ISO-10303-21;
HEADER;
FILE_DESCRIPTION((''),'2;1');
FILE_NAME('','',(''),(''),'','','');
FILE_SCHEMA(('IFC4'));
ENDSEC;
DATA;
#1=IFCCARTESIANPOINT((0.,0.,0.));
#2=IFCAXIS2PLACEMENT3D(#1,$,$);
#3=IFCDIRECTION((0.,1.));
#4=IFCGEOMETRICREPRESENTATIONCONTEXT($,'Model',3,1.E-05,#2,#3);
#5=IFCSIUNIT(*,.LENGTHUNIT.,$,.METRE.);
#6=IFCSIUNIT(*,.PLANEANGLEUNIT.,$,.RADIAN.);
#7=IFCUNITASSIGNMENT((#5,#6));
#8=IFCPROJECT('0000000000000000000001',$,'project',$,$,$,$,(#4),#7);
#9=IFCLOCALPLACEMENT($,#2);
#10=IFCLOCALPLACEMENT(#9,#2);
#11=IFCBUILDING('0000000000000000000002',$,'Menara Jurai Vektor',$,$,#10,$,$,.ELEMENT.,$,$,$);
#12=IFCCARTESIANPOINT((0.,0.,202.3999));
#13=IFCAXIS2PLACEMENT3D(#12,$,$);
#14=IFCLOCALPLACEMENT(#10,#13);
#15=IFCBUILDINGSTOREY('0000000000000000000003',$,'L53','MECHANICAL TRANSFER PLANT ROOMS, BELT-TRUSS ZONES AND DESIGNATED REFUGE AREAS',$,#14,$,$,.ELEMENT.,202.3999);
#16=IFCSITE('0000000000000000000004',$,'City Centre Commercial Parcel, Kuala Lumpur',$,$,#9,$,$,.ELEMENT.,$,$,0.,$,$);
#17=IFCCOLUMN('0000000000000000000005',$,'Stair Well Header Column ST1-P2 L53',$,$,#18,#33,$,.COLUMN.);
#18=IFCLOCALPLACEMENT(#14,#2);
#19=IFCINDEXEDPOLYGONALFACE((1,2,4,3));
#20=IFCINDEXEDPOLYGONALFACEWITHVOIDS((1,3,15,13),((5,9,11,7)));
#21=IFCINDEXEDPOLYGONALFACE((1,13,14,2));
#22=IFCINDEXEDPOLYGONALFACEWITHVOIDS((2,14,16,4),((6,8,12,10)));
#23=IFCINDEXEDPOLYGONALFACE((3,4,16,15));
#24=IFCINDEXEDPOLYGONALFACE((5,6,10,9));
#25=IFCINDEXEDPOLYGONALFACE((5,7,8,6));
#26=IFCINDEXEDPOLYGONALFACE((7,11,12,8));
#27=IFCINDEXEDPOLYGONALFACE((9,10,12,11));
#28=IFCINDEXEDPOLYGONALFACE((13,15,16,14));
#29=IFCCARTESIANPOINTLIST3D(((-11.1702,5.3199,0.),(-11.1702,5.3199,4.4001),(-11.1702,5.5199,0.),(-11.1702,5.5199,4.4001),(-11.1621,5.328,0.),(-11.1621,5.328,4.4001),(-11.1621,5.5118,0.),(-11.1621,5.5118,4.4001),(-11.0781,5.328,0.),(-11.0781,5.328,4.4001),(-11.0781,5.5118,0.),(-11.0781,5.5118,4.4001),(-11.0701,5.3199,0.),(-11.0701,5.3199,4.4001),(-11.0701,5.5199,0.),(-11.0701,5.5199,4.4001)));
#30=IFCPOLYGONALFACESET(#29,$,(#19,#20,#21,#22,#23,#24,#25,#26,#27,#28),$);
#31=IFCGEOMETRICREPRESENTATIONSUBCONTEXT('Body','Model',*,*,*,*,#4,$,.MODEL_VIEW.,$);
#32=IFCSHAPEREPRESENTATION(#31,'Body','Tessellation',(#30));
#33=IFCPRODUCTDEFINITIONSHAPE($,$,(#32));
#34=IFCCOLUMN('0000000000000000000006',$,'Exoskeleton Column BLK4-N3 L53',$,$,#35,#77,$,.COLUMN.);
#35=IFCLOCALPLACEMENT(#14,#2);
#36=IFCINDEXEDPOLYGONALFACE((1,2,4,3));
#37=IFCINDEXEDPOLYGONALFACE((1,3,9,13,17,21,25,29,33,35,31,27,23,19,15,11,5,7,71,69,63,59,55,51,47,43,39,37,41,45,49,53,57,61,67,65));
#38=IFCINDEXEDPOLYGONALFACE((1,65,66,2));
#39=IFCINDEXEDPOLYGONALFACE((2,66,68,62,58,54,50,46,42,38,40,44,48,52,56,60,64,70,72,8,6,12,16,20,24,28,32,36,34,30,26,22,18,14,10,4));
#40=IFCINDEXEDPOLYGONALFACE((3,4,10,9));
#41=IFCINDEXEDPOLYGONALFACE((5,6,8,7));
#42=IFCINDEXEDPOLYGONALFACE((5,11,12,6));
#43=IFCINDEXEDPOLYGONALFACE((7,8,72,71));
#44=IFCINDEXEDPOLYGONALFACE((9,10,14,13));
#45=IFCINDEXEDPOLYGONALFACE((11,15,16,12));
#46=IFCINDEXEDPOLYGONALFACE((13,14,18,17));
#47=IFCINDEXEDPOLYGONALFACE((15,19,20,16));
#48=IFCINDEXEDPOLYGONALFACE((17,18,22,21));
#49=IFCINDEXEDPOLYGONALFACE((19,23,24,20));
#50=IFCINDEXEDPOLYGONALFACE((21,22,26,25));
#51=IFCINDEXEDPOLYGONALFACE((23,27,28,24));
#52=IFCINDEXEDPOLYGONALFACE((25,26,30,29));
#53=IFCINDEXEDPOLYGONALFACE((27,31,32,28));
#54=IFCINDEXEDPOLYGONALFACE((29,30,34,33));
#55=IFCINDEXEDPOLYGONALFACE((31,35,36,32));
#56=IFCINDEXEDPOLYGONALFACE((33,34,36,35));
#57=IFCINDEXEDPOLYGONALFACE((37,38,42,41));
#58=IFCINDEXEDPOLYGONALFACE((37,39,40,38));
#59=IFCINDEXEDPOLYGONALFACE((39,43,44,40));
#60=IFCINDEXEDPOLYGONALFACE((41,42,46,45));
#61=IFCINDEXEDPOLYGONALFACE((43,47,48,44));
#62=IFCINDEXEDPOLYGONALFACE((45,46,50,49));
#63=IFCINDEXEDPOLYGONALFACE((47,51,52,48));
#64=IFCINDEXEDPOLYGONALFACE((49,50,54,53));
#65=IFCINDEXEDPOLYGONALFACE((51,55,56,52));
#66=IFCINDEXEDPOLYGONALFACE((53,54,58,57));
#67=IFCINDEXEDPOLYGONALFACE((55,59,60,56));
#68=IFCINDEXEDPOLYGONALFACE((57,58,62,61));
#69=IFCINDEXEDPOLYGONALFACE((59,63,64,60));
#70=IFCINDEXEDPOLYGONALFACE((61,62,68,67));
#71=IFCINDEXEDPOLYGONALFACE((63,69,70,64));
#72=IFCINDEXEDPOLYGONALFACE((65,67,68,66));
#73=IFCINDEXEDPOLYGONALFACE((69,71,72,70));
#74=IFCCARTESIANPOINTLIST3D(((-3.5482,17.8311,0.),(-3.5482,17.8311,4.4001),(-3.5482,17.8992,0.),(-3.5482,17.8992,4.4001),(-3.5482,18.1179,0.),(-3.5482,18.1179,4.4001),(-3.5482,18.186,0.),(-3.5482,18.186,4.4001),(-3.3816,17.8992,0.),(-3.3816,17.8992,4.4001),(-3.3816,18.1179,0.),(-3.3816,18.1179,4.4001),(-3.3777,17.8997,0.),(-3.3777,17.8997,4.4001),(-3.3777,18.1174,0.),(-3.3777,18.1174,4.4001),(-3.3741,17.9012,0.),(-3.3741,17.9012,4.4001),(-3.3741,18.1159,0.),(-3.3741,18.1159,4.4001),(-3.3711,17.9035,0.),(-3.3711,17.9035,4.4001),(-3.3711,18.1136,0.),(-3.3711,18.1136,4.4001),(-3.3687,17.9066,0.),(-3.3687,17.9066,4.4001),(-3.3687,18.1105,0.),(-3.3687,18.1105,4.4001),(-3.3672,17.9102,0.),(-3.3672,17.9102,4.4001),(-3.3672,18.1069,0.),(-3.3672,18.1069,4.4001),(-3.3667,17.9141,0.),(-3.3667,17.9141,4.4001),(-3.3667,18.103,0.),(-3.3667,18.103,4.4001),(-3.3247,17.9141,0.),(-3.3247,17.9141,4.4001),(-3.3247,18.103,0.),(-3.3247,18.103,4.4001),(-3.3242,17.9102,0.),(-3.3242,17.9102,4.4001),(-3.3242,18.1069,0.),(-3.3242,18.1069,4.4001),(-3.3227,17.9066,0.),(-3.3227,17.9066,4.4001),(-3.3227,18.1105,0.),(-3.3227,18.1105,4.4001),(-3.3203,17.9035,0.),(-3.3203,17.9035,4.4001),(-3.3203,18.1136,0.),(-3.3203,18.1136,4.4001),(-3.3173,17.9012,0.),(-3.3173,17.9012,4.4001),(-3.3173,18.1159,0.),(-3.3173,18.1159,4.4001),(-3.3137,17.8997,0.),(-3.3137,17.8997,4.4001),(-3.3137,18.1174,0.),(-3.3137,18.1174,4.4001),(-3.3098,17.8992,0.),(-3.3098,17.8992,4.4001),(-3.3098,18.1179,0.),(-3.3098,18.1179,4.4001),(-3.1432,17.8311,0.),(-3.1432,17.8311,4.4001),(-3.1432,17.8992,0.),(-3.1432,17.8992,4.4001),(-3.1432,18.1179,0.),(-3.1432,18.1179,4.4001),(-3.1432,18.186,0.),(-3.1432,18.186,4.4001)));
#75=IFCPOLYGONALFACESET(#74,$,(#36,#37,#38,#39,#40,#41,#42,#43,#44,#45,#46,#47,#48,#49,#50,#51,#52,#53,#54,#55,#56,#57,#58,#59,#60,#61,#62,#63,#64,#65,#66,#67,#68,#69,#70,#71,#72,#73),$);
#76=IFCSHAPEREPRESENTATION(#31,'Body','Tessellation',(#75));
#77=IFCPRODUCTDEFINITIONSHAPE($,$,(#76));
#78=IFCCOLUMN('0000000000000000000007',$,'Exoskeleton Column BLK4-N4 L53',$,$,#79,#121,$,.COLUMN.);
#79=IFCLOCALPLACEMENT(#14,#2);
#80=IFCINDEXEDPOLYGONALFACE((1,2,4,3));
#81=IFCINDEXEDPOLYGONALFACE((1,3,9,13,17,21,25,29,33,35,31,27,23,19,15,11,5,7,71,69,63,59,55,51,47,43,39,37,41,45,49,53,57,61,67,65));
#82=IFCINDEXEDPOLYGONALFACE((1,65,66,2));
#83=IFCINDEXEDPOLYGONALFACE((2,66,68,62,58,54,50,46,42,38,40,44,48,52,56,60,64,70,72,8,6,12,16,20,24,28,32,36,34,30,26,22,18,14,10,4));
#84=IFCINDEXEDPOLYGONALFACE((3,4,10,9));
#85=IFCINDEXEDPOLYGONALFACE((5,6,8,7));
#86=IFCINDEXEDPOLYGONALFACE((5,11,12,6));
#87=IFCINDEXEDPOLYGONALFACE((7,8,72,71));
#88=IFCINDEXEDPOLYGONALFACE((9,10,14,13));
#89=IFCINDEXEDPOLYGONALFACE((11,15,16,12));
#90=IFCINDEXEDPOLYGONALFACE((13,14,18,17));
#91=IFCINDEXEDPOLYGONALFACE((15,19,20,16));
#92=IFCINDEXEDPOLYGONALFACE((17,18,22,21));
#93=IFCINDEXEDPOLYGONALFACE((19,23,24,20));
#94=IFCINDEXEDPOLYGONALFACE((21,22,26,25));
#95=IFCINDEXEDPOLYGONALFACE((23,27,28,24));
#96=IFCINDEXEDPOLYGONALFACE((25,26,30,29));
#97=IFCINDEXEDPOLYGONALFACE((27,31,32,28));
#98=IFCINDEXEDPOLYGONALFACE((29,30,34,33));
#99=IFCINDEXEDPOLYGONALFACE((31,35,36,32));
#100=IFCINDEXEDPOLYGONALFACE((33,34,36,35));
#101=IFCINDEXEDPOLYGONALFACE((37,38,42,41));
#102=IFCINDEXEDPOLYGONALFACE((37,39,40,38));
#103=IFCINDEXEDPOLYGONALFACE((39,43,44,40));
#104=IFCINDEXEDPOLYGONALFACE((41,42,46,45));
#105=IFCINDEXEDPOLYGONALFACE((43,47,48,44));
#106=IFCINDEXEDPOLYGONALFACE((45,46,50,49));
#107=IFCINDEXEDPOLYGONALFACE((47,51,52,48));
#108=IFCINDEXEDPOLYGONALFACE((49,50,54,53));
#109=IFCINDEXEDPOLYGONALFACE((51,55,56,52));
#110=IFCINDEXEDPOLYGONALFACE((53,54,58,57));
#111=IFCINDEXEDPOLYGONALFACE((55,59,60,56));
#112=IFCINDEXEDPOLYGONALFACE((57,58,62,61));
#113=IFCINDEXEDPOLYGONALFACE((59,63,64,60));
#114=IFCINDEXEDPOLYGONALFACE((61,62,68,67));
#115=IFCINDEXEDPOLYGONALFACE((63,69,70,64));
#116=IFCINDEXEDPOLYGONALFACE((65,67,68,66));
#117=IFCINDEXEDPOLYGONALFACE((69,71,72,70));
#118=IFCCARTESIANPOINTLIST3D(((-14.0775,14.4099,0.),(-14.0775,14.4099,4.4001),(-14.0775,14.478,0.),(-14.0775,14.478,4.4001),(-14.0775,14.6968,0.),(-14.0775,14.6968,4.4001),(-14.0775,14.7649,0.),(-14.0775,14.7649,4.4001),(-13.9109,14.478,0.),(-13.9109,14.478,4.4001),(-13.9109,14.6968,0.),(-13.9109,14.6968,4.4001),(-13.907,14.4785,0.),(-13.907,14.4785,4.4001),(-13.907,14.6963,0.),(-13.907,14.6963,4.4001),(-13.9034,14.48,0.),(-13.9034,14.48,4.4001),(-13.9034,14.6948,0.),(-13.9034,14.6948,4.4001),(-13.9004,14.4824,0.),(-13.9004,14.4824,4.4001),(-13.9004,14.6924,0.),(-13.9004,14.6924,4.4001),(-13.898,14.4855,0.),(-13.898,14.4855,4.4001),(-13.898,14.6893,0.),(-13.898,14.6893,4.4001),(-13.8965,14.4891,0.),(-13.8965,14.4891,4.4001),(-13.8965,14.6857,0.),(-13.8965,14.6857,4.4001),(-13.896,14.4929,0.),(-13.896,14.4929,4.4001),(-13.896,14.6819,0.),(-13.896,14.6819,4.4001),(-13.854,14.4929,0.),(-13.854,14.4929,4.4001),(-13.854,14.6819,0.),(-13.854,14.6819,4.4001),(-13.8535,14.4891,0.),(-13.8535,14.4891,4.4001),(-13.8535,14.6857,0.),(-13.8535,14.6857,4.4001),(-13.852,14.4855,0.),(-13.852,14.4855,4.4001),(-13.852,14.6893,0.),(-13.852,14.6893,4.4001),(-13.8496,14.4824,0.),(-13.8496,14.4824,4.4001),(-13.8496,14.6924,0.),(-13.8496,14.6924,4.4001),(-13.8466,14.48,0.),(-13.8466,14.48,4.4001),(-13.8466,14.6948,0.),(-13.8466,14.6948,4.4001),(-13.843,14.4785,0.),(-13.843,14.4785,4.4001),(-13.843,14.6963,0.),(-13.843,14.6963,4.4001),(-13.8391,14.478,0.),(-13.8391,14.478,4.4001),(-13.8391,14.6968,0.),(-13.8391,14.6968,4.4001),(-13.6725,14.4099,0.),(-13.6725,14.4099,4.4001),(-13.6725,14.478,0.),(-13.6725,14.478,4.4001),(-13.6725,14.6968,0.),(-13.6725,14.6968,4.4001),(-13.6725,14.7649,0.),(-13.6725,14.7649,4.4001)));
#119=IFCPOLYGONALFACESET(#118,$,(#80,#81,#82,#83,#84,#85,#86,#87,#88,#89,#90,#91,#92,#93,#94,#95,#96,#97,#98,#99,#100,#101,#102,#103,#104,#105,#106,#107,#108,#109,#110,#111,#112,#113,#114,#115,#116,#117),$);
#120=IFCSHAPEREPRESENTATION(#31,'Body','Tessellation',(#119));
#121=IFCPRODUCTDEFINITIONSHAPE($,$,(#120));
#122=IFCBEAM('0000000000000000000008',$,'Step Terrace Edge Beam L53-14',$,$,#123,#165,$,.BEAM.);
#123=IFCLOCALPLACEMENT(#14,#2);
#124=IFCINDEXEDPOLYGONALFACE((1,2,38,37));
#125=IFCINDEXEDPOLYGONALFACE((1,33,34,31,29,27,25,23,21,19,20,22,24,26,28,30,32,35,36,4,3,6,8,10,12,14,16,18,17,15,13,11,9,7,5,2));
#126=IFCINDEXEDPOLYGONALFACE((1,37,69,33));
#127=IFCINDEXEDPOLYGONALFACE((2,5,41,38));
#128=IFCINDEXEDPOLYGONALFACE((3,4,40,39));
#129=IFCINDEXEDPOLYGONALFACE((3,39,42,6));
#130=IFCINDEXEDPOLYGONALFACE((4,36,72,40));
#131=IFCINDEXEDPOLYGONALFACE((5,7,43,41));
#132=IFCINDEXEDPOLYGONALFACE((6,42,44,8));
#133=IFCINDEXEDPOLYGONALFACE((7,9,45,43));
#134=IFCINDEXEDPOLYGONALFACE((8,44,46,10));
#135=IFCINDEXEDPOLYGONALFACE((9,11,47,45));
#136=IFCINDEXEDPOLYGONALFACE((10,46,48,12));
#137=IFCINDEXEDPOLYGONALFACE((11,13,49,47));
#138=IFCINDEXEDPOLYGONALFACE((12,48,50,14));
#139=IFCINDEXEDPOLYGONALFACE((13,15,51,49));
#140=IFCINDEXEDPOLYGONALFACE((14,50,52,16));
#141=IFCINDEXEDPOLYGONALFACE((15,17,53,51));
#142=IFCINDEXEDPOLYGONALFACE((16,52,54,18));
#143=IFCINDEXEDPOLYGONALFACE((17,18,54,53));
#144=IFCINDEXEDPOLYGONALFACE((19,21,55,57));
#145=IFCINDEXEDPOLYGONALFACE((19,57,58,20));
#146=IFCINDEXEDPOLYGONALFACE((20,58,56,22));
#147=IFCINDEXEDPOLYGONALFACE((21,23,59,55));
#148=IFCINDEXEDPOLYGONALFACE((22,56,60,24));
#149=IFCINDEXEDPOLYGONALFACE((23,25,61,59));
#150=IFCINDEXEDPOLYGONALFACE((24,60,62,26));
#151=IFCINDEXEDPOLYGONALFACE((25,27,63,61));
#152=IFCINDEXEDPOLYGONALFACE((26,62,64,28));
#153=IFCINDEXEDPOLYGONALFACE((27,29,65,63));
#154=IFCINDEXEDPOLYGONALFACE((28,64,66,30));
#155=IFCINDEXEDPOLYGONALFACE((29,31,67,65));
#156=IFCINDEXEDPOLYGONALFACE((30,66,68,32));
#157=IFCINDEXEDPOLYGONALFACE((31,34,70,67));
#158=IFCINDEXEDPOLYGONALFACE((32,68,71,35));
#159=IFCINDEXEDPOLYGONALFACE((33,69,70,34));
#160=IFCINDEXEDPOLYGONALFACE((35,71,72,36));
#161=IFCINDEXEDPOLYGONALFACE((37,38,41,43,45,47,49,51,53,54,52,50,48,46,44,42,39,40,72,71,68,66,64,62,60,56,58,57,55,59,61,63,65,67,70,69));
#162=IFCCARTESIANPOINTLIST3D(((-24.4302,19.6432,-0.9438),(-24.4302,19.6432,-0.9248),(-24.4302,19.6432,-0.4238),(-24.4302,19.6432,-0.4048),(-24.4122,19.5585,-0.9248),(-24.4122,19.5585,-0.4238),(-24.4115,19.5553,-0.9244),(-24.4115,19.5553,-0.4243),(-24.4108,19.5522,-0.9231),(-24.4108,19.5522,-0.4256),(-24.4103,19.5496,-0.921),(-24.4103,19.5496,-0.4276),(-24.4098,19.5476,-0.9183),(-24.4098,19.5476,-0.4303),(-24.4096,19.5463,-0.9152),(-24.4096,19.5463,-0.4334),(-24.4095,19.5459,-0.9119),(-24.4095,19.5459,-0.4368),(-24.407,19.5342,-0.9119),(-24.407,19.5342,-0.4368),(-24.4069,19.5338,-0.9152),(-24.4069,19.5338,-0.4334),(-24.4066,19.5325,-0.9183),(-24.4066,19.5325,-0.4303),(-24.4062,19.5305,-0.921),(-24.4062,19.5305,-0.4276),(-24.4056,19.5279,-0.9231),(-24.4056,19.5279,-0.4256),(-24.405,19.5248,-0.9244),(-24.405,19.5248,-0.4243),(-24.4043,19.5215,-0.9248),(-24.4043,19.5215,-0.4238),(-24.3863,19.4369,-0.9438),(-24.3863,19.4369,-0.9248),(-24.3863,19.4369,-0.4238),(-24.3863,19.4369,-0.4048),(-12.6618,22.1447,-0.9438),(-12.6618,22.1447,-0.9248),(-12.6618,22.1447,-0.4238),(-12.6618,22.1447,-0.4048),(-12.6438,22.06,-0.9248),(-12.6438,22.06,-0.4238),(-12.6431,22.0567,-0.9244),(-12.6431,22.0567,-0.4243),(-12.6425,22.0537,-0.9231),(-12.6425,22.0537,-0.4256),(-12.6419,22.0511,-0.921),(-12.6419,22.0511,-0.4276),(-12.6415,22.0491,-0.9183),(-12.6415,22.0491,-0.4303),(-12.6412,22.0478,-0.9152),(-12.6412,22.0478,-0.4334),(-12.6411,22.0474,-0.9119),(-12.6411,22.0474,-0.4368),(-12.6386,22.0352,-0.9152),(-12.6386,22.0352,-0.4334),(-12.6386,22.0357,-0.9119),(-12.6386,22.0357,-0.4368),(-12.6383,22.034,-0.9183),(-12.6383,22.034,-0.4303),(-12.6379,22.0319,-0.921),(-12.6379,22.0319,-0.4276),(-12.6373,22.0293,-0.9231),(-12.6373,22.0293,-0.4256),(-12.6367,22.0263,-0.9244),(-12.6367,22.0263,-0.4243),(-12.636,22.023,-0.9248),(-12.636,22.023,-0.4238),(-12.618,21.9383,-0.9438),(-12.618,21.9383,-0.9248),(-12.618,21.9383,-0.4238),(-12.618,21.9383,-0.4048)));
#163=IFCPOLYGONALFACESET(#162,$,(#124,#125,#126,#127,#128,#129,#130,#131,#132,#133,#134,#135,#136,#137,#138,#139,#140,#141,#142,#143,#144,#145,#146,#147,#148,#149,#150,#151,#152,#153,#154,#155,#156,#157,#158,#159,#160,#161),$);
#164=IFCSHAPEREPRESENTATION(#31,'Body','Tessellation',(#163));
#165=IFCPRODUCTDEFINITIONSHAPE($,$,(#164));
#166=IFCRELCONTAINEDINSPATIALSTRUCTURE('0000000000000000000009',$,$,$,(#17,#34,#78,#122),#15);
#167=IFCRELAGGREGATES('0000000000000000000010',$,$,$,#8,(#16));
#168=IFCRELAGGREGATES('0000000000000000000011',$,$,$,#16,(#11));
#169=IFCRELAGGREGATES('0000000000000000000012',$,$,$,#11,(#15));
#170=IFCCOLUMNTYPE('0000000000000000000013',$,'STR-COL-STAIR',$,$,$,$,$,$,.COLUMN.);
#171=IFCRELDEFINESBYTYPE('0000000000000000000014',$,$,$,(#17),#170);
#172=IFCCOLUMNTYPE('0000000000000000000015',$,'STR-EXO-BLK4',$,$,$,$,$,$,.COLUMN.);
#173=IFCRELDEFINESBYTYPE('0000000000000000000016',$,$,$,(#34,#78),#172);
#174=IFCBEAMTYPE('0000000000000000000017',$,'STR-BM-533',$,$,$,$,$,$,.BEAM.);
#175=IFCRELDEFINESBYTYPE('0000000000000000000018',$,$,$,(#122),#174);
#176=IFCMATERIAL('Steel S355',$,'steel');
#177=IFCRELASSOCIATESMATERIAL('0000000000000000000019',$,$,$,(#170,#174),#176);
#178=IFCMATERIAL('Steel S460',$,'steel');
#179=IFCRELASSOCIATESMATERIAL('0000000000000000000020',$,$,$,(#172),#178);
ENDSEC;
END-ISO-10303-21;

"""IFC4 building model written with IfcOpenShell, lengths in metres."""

from ifc_helpers import new_model, si_unit, direction, frame, origin, origin_2d, place, context, subcontext, project, spatial, hollow_rectangle, i_section, extrude, material, material_profile, profile_set, type_object, element, save


model = new_model("IFC4")

# Units and contexts
model_context = context("Model", 3, precision=1e-05, world=origin(), true_north=direction((0.0, 1.0)))
body_context = subcontext(model_context, "Body", "Model", "MODEL_VIEW")
ifc_project = project(units=[si_unit("LENGTHUNIT", "METRE"), si_unit("PLANEANGLEUNIT", "RADIAN")], contexts=[model_context])

# Site, building, storey
site_placement = place(None, origin())
site = spatial("IfcSite", under=ifc_project, at=site_placement, Name="City Centre Commercial Parcel, Kuala Lumpur", CompositionType="ELEMENT", RefElevation=0.0)
building_placement = place(site_placement, origin())
building = spatial("IfcBuilding", under=site, at=building_placement, Name="Menara Jurai Vektor", CompositionType="ELEMENT")
storey_placement = place(building_placement, frame((0.0, 0.0, 202.3999)))
storey = spatial("IfcBuildingStorey", under=building, at=storey_placement, Name="L53", Description="MECHANICAL TRANSFER PLANT ROOMS, BELT-TRUSS ZONES AND DESIGNATED REFUGE AREAS", CompositionType="ELEMENT", Elevation=202.3999)

# Columns
ifc_material_1 = material(Name="Steel S355", Category="steel")
ifc_material_profile_1 = material_profile(ifc_material_1, hollow_rectangle(XDim=0.1001, YDim=0.2, WallThickness=0.0081, at=origin_2d()), Name="RHS 200x100x8")
ifc_profile_set_1 = profile_set([ifc_material_profile_1], Name="Steel S355")
column_type_1 = type_object("IfcColumnType", Name="STR-COL-STAIR", PredefinedType="COLUMN", material=ifc_profile_set_1)
column_placement = place(storey_placement, frame((-11.1201, 5.4199, 0.0), z_axis=(0.0, 0.0, 1.0), x_axis=(1.0, 0.0, 0.0)))
element("IfcColumn", 1, at=column_placement, inside=storey, type_object=column_type_1, Name="Stair Well Header Column ST1-P2 L53", PredefinedType="COLUMN", context=body_context, shape_type="SweptSolid", body=[
    extrude(hollow_rectangle(XDim=0.1001, YDim=0.2, WallThickness=0.0081, at=origin_2d()), origin(), (0.0, 0.0, 1.0), 4.4001),
])
ifc_material_2 = material(Name="Steel S460", Category="steel")
ifc_material_profile_2 = material_profile(ifc_material_2, i_section(OverallWidth=0.405, OverallDepth=0.355, WebThickness=0.042, FlangeThickness=0.0681, FilletRadius=0.0149, at=origin_2d()), Name="HD 400x551")
ifc_profile_set_2 = profile_set([ifc_material_profile_2], Name="Steel S460")
column_type_2 = type_object("IfcColumnType", Name="STR-EXO-BLK4", PredefinedType="COLUMN", material=ifc_profile_set_2)
for number, where, z_axis, x_axis, name in (
    (2, (-3.3457, 18.0085, 0.0), (0.0, 0.0, 1.0), (1.0, 0.0, 0.0), "Exoskeleton Column BLK4-N3 L53"),
    (3, (-13.875, 14.5874, 0.0), (0.0, 0.0, 1.0), (1.0, 0.0, 0.0), "Exoskeleton Column BLK4-N4 L53"),
):
    element("IfcColumn", number, at=place(storey_placement, frame(where, z_axis=z_axis, x_axis=x_axis)), inside=storey, type_object=column_type_2, Name=name, PredefinedType="COLUMN", context=body_context, shape_type="SweptSolid", body=[
        extrude(i_section(OverallWidth=0.405, OverallDepth=0.355, WebThickness=0.042, FlangeThickness=0.0681, FilletRadius=0.0149, at=origin_2d()), origin(), (0.0, 0.0, 1.0), 4.4001),
    ])

# Beam
ifc_material_profile_3 = material_profile(ifc_material_1, i_section(OverallWidth=0.2109, OverallDepth=0.5391, WebThickness=0.012, FlangeThickness=0.019, FilletRadius=0.0129, at=origin_2d()), Name="UKB 533x210x109")
ifc_profile_set_3 = profile_set([ifc_material_profile_3], Name="Steel S355")
beam_type_1 = type_object("IfcBeamType", Name="STR-BM-533", PredefinedType="BEAM", material=ifc_profile_set_3)
beam_1_placement = place(storey_placement, frame((-12.6399, 22.0415, -0.6743), z_axis=(-0.978147, -0.207914, 0.0), x_axis=(0.207914, -0.978147, 0.0)))
element("IfcBeam", 4, at=beam_1_placement, inside=storey, type_object=beam_type_1, Name="Step Terrace Edge Beam L53-14", PredefinedType="BEAM", context=body_context, shape_type="SweptSolid", body=[
    extrude(i_section(OverallWidth=0.2109, OverallDepth=0.5391, WebThickness=0.012, FlangeThickness=0.019, FilletRadius=0.0129, at=origin_2d()), origin(), (0.0, 0.0, 1.0), 12.0312),
])

save(model, "model.ifc")
